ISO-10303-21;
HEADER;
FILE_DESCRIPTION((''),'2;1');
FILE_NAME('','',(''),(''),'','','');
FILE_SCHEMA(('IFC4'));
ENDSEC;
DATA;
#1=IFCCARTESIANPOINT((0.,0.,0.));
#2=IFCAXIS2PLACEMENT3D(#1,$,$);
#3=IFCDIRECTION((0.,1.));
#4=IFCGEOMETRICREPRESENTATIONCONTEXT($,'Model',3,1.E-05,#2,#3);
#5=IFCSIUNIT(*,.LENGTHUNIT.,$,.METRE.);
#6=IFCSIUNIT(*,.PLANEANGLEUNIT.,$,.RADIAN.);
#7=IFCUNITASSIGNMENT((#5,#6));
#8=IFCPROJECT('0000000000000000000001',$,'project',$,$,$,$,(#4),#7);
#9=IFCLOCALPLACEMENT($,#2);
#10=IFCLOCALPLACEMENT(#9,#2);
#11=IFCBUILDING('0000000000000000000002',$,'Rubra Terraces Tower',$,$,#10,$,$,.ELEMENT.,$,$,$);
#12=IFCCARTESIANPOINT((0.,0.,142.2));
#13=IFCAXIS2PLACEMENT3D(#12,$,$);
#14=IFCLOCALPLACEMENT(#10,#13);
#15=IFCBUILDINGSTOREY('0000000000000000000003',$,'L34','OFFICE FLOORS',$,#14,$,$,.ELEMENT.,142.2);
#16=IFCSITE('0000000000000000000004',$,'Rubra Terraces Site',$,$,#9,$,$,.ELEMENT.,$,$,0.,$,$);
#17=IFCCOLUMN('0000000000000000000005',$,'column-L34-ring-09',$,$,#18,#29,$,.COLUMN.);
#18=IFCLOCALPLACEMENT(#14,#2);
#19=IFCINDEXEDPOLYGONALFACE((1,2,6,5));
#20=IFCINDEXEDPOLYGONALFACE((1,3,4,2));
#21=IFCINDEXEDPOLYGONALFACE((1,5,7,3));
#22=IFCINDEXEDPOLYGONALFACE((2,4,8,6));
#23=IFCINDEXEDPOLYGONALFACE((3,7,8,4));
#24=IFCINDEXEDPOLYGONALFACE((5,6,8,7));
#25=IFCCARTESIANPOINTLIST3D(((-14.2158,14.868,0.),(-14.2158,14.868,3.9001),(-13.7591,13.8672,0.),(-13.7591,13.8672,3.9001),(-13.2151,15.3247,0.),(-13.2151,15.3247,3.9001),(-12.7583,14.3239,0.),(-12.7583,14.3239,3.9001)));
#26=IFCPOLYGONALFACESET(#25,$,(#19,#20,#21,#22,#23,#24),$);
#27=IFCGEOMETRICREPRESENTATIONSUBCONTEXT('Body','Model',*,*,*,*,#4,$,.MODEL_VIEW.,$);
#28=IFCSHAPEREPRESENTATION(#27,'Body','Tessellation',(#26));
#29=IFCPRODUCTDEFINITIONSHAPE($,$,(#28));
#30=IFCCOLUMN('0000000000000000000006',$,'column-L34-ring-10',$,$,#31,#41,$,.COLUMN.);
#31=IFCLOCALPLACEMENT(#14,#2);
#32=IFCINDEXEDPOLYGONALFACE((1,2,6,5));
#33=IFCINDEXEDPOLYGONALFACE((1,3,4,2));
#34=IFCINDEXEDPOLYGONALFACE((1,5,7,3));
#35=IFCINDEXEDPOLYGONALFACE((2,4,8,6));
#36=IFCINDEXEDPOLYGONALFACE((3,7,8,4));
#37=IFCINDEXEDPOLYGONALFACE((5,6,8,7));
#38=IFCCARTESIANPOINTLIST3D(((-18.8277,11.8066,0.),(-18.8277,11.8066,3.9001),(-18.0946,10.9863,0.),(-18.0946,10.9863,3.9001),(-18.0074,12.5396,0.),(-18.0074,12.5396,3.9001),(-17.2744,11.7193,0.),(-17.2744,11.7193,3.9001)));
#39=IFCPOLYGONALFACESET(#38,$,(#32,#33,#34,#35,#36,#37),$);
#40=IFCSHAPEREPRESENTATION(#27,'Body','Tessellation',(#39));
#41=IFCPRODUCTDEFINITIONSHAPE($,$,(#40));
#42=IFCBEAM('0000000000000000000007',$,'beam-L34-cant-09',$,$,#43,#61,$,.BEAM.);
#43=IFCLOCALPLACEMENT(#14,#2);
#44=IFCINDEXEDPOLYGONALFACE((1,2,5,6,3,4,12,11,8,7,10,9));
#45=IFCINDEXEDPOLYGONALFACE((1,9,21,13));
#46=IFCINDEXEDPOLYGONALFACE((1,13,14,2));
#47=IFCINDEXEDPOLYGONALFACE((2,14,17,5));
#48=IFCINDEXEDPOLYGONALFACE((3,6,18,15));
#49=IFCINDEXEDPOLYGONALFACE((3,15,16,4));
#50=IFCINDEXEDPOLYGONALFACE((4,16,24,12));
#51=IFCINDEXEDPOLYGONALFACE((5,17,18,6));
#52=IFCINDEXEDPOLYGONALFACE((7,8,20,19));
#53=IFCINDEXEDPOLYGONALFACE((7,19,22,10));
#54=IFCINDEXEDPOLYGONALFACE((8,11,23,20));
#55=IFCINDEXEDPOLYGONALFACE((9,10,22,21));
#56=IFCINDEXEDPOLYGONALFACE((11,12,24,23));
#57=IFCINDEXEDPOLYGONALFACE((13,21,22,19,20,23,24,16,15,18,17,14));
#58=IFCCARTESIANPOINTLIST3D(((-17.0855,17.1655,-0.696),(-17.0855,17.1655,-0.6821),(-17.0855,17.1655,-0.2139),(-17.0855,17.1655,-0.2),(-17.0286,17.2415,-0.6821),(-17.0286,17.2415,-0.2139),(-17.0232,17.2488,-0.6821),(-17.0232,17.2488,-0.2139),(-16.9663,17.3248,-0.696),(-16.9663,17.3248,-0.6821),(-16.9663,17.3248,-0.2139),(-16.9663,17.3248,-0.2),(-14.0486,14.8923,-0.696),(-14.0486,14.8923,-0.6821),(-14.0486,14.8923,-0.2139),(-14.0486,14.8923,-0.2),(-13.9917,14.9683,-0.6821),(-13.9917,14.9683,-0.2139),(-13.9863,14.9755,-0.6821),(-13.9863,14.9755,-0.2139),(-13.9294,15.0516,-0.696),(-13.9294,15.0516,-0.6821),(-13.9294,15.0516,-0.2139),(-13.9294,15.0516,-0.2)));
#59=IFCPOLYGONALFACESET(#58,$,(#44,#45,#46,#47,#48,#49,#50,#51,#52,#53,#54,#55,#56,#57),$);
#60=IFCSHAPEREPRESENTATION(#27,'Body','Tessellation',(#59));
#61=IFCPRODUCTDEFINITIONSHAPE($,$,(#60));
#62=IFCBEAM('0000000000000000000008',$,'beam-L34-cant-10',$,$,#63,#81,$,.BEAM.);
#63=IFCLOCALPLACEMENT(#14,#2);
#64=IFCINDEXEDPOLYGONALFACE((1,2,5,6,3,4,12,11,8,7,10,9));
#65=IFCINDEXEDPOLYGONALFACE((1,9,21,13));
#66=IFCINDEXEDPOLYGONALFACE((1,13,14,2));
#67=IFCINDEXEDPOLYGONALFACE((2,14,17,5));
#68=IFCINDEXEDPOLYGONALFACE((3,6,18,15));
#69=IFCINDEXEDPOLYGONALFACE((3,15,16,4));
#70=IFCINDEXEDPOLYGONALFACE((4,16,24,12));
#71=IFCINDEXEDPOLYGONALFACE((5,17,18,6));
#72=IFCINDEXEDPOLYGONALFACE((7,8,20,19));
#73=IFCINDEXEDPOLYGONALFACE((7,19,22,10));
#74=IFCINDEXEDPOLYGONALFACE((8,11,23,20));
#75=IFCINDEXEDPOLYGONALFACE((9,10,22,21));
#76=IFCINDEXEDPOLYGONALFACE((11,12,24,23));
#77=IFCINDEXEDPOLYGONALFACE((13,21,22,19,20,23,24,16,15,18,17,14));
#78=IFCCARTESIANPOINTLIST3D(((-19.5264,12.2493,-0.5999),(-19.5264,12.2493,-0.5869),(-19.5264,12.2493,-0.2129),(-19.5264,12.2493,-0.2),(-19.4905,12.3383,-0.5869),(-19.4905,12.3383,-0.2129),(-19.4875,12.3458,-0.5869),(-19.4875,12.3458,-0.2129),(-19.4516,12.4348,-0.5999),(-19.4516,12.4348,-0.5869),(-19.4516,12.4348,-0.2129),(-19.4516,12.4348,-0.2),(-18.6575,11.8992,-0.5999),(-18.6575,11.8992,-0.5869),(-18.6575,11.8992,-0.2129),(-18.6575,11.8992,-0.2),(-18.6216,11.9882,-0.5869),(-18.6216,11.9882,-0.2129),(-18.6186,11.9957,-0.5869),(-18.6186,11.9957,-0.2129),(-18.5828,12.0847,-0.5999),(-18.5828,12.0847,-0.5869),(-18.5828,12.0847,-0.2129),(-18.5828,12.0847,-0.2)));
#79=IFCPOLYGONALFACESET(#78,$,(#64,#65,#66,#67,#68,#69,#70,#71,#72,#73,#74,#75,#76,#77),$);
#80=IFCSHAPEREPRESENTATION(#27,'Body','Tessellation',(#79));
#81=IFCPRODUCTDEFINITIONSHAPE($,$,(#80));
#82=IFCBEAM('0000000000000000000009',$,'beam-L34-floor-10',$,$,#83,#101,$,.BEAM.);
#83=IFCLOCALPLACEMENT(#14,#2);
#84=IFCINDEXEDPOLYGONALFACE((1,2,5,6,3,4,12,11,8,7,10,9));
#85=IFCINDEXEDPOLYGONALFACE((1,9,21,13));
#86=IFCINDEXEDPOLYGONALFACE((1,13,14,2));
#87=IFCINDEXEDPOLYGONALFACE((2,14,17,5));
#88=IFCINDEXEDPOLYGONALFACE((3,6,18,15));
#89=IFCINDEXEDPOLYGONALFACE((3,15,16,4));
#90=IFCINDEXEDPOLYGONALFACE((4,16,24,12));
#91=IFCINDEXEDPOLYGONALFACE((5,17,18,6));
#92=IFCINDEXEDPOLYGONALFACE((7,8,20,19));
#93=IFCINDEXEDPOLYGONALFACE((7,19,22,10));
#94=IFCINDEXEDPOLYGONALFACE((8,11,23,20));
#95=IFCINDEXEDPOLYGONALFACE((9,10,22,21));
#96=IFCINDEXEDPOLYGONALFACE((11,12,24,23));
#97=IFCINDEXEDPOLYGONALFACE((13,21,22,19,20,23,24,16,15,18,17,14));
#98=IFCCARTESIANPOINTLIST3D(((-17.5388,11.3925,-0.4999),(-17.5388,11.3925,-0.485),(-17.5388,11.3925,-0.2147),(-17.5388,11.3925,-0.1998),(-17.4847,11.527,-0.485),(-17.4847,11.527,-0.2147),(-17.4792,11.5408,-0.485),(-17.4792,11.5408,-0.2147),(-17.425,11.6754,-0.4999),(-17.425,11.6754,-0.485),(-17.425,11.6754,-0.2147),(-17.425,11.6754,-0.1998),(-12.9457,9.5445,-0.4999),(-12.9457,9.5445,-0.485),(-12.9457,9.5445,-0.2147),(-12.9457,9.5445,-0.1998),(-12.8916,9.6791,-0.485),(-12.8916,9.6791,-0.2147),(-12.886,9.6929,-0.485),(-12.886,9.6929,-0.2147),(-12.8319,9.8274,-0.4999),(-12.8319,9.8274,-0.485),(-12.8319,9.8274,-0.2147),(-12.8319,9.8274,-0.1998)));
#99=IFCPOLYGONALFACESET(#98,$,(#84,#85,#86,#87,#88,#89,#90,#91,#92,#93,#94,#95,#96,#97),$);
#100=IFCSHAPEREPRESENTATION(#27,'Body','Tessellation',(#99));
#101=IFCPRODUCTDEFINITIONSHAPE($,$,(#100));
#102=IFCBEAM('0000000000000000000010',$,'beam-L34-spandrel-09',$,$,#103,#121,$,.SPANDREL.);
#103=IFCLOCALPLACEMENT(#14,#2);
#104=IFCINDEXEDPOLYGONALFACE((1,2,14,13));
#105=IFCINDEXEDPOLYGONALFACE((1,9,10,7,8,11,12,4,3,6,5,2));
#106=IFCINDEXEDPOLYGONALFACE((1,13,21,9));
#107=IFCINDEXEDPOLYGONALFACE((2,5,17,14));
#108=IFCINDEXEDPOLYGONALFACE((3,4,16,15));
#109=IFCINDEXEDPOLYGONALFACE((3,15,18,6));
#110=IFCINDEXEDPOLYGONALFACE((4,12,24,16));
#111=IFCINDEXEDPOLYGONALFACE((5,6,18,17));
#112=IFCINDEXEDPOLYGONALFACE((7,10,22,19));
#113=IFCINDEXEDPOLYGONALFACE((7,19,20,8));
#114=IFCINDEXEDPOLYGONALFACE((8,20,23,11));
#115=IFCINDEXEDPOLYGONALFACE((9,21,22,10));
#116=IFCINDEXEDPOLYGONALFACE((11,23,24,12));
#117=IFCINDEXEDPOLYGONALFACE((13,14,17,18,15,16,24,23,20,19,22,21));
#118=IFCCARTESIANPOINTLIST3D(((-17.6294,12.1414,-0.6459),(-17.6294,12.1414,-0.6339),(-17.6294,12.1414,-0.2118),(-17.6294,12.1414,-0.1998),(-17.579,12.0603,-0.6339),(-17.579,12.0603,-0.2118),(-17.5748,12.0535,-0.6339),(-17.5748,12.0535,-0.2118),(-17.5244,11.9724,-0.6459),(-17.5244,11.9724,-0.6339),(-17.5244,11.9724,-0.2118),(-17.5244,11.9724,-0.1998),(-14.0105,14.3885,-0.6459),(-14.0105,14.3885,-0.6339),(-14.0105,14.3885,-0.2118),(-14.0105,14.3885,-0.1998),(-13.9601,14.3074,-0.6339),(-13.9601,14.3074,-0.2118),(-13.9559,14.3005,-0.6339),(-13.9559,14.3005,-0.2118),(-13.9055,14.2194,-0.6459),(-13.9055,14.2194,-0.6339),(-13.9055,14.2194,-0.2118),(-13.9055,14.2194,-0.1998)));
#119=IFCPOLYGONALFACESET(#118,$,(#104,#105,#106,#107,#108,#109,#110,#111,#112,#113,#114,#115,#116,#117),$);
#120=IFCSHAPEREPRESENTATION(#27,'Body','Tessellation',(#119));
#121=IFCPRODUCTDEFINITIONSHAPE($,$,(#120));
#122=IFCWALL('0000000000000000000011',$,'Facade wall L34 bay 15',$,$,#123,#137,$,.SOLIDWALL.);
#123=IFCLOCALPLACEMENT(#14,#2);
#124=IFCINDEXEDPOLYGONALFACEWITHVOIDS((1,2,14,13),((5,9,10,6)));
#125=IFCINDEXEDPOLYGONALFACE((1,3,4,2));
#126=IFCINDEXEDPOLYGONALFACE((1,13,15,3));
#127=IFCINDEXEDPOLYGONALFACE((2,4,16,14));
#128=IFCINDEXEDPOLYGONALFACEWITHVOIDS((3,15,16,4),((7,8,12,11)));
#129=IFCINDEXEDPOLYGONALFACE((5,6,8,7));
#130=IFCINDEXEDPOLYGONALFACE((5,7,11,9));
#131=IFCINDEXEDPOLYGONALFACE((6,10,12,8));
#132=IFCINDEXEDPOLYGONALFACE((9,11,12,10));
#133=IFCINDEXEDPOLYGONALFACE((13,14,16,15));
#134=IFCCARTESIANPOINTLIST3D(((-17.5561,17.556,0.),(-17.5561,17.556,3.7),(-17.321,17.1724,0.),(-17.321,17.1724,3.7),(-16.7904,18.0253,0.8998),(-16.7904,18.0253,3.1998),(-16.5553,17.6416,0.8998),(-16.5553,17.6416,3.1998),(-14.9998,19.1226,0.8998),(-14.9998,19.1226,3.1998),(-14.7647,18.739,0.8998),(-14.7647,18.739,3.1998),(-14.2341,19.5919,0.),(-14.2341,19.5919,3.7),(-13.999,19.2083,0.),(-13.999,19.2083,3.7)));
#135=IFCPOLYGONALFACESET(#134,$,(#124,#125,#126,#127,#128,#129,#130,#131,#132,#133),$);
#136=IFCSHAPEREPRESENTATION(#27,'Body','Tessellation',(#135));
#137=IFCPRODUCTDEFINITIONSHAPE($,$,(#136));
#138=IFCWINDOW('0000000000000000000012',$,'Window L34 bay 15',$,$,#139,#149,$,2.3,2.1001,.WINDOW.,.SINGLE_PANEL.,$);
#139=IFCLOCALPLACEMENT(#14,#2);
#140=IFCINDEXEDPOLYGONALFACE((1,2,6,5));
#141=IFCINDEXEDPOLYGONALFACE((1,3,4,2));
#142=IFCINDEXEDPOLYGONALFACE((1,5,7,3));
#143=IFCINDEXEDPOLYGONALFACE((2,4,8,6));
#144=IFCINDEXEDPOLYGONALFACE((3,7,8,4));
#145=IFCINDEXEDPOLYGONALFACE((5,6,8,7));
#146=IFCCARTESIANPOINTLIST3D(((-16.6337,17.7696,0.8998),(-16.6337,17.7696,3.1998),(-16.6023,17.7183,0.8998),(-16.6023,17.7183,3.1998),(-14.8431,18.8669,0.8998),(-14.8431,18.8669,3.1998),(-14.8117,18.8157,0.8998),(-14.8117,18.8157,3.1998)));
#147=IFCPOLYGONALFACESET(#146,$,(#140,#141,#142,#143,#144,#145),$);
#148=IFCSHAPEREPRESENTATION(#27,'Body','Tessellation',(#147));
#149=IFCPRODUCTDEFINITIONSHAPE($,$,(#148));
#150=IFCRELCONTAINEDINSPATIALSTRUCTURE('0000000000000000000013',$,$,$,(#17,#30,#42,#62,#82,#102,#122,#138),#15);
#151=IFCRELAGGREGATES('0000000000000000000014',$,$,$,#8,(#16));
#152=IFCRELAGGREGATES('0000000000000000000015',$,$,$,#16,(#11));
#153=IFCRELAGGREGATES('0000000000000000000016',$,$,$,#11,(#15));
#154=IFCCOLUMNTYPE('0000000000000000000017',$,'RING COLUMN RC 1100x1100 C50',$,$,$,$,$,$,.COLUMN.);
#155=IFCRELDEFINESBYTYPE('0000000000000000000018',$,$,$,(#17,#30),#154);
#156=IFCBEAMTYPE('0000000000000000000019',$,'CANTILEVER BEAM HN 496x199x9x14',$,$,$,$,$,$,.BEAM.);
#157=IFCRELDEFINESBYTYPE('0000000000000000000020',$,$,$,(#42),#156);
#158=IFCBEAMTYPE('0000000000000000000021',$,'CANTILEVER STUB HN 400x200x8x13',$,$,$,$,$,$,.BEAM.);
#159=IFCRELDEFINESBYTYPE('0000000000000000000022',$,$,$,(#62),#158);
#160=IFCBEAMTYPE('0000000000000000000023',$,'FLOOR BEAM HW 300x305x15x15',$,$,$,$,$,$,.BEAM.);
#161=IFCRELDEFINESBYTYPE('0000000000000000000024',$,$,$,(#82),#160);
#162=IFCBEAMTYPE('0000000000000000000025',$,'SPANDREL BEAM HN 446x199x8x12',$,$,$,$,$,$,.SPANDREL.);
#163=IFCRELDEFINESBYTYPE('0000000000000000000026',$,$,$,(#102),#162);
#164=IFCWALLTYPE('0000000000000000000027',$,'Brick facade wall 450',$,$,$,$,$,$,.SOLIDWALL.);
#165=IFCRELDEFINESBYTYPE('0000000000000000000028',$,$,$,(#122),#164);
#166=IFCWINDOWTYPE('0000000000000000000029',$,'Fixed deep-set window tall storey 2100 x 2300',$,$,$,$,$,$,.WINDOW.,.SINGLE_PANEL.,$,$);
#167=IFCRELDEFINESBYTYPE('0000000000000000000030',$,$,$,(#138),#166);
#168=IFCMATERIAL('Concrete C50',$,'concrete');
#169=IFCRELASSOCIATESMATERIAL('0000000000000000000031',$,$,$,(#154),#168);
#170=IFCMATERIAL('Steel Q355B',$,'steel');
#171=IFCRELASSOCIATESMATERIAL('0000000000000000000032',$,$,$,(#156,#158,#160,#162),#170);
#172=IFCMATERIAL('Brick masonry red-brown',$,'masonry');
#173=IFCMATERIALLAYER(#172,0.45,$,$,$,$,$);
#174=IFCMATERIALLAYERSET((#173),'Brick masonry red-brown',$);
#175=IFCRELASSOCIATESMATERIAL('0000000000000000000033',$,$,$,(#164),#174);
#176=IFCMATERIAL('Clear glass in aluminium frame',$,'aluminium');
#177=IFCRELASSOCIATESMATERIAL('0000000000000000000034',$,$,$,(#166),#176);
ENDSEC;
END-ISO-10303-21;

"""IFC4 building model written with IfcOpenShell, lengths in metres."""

from ifc_helpers import new_model, si_unit, direction, frame, frame_2d, origin, origin_2d, place, context, subcontext, project, spatial, rectangle, i_section, extrude, material, layer, layer_set, material_profile, profile_set, type_object, element, fill, save


model = new_model("IFC4")

# Units and contexts
model_context = context("Model", 3, precision=1e-05, world=origin(), true_north=direction((0.0, 1.0)))
body_context = subcontext(model_context, "Body", "Model", "MODEL_VIEW")
ifc_project = project(units=[si_unit("LENGTHUNIT", "METRE"), si_unit("PLANEANGLEUNIT", "RADIAN")], contexts=[model_context])

# Site, building, storey
site_placement = place(None, origin())
site = spatial("IfcSite", under=ifc_project, at=site_placement, Name="Rubra Terraces Site", CompositionType="ELEMENT", RefElevation=0.0)
building_placement = place(site_placement, origin())
building = spatial("IfcBuilding", under=site, at=building_placement, Name="Rubra Terraces Tower", CompositionType="ELEMENT")
storey_placement = place(building_placement, frame((0.0, 0.0, 142.2)))
storey = spatial("IfcBuildingStorey", under=building, at=storey_placement, Name="L34", Description="OFFICE FLOORS", CompositionType="ELEMENT", Elevation=142.2)

# Columns
ifc_material_1 = material(Name="Concrete C50", Category="concrete")
ifc_material_profile_1 = material_profile(ifc_material_1, rectangle(XDim=1.1001, YDim=1.1001, at=origin_2d()), Name="RC 1100x1100")
ifc_profile_set_1 = profile_set([ifc_material_profile_1], Name="Concrete C50")
column_type = type_object("IfcColumnType", Name="RING COLUMN RC 1100x1100 C50", PredefinedType="COLUMN", material=ifc_profile_set_1)
for number, where, z_axis, x_axis, name in (
    (1, (-13.4871, 14.5959, 0.0), (0.0, 0.0, 1.0), (-0.909726, -0.415208, 0.0), "column-L34-ring-09"),
    (2, (-18.051, 11.7629, 0.0), (0.0, 0.0, 1.0), (-0.745642, -0.666347, 0.0), "column-L34-ring-10"),
):
    element("IfcColumn", number, at=place(storey_placement, frame(where, z_axis=z_axis, x_axis=x_axis)), inside=storey, type_object=column_type, Name=name, PredefinedType="COLUMN", context=body_context, shape_type="SweptSolid", body=[
        extrude(rectangle(XDim=1.1001, YDim=1.1001, at=origin_2d()), origin(), (0.0, 0.0, 1.0), 3.9001),
    ])

# Beams
ifc_material_2 = material(Name="Steel Q355B", Category="steel")
ifc_material_profile_2 = material_profile(ifc_material_2, i_section(OverallWidth=0.199, OverallDepth=0.4961, WebThickness=0.009, FlangeThickness=0.0139, at=origin_2d()), Name="HN 496x199x9x14")
ifc_profile_set_2 = profile_set([ifc_material_profile_2], Name="Steel Q355B")
beam_type_1 = type_object("IfcBeamType", Name="CANTILEVER BEAM HN 496x199x9x14", PredefinedType="BEAM", material=ifc_profile_set_2)
beam_1_placement = place(storey_placement, frame((-13.989, 14.9719, -0.448), z_axis=(-0.800563, 0.599248, 0.0), x_axis=(-0.599248, -0.800563, 0.0)))
element("IfcBeam", 3, at=beam_1_placement, inside=storey, type_object=beam_type_1, Name="beam-L34-cant-09", PredefinedType="BEAM", context=body_context, shape_type="SweptSolid", body=[
    extrude(i_section(OverallWidth=0.199, OverallDepth=0.4961, WebThickness=0.009, FlangeThickness=0.0139, at=origin_2d()), origin(), (0.0, 0.0, 1.0), 3.7935),
])
ifc_material_profile_3 = material_profile(ifc_material_2, i_section(OverallWidth=0.2, OverallDepth=0.3999, WebThickness=0.0081, FlangeThickness=0.0129, at=origin_2d()), Name="HN 400x200x8x13")
ifc_profile_set_3 = profile_set([ifc_material_profile_3], Name="Steel Q355B")
beam_type_2 = type_object("IfcBeamType", Name="CANTILEVER STUB HN 400x200x8x13", PredefinedType="BEAM", material=ifc_profile_set_3)
beam_2_placement = place(storey_placement, frame((-18.6201, 11.9919, -0.3999), z_axis=(-0.927539, 0.373726, 0.0), x_axis=(-0.373726, -0.927539, 0.0)))
element("IfcBeam", 4, at=beam_2_placement, inside=storey, type_object=beam_type_2, Name="beam-L34-cant-10", PredefinedType="BEAM", context=body_context, shape_type="SweptSolid", body=[
    extrude(i_section(OverallWidth=0.2, OverallDepth=0.3999, WebThickness=0.0081, FlangeThickness=0.0129, at=origin_2d()), origin(), (0.0, 0.0, 1.0), 0.9368),
])
ifc_material_profile_4 = material_profile(ifc_material_2, i_section(OverallWidth=0.3049, OverallDepth=0.3, WebThickness=0.0149, FlangeThickness=0.0149, at=origin_2d()), Name="HW 300x305x15x15")
ifc_profile_set_4 = profile_set([ifc_material_profile_4], Name="Steel Q355B")
beam_type_3 = type_object("IfcBeamType", Name="FLOOR BEAM HW 300x305x15x15", PredefinedType="BEAM", material=ifc_profile_set_4)
beam_3_placement = place(storey_placement, frame((-17.4819, 11.5339, -0.3499), z_axis=(0.92773, -0.373252, 0.0), x_axis=(0.373252, 0.92773, 0.0)))
element("IfcBeam", 5, at=beam_3_placement, inside=storey, type_object=beam_type_3, Name="beam-L34-floor-10", PredefinedType="BEAM", context=body_context, shape_type="SweptSolid", body=[
    extrude(i_section(OverallWidth=0.3049, OverallDepth=0.3, WebThickness=0.0149, FlangeThickness=0.0149, at=origin_2d()), origin(), (0.0, 0.0, 1.0), 4.9509),
])
ifc_material_profile_5 = material_profile(ifc_material_2, i_section(OverallWidth=0.199, OverallDepth=0.446, WebThickness=0.0081, FlangeThickness=0.012, at=origin_2d()), Name="HN 446x199x8x12")
ifc_profile_set_5 = profile_set([ifc_material_profile_5], Name="Steel Q355B")
beam_type_4 = type_object("IfcBeamType", Name="SPANDREL BEAM HN 446x199x8x12", PredefinedType="SPANDREL", material=ifc_profile_set_5)
beam_4_placement = place(storey_placement, frame((-13.958, 14.304, -0.4229), z_axis=(-0.84955, -0.527508, 0.0), x_axis=(0.527508, -0.84955, 0.0)))
element("IfcBeam", 6, at=beam_4_placement, inside=storey, type_object=beam_type_4, Name="beam-L34-spandrel-09", PredefinedType="SPANDREL", context=body_context, shape_type="SweptSolid", body=[
    extrude(i_section(OverallWidth=0.199, OverallDepth=0.446, WebThickness=0.0081, FlangeThickness=0.012, at=origin_2d()), origin(), (0.0, 0.0, 1.0), 4.2598),
])

# Wall, opening, window
ifc_material_3 = material(Name="Brick masonry red-brown", Category="masonry")
ifc_layer_1 = layer(ifc_material_3, 0.45)
ifc_layer_set_1 = layer_set([ifc_layer_1], Name="Brick masonry red-brown")
wall_type_1 = type_object("IfcWallType", Name="Brick facade wall 450", PredefinedType="SOLIDWALL", material=ifc_layer_set_1)
wall_1_placement = place(storey_placement, frame((-14.1165, 19.4001, 0.0), z_axis=(0.0, 0.0, 1.0), x_axis=(-0.852623, -0.522527, 0.0)))
wall_1 = element("IfcWall", 7, at=wall_1_placement, inside=storey, type_object=wall_type_1, Name="Facade wall L34 bay 15", PredefinedType="SOLIDWALL", context=body_context, shape_type="SweptSolid", body=[
    extrude(rectangle(XDim=3.8962, YDim=0.45, at=frame_2d((1.9482, 0.0))), origin(), (0.0, 0.0, 1.0), 3.7),
])
opening_1_placement = place(wall_1_placement, frame((0.8982, 0.0, 0.8999)))
opening_1 = element("IfcOpeningElement", 8, at=opening_1_placement, cuts=wall_1, PredefinedType="OPENING", context=body_context, shape_type="SweptSolid", body=[
    extrude(rectangle(XDim=2.1001, YDim=2.3, at=frame_2d((1.05, 1.1499))), frame((0.0, 0.2349, 0.0), z_axis=(0.0, -1.0, 0.0), x_axis=(1.0, 0.0, 0.0)), (0.0, 0.0, 1.0), 0.47),
])
ifc_material_4 = material(Name="Clear glass in aluminium frame", Category="aluminium")
window_type = type_object("IfcWindowType", Name="Fixed deep-set window tall storey 2100 x 2300", PartitioningType="SINGLE_PANEL", PredefinedType="WINDOW", material=ifc_material_4)
window_1_placement = place(opening_1_placement, origin())
window_1 = element("IfcWindow", 9, at=window_1_placement, inside=storey, type_object=window_type, Name="Window L34 bay 15", OverallHeight=2.3, OverallWidth=2.1001, PartitioningType="SINGLE_PANEL", PredefinedType="WINDOW", context=body_context, shape_type="SweptSolid", body=[
    extrude(rectangle(XDim=2.1001, YDim=2.3, at=frame_2d((1.05, 1.1499))), frame((0.0, 0.135, 0.0), z_axis=(0.0, -1.0, 0.0), x_axis=(1.0, 0.0, 0.0)), (0.0, 0.0, 1.0), 0.0601),
])
fill(opening_1, window_1)

save(model, "model.ifc")
